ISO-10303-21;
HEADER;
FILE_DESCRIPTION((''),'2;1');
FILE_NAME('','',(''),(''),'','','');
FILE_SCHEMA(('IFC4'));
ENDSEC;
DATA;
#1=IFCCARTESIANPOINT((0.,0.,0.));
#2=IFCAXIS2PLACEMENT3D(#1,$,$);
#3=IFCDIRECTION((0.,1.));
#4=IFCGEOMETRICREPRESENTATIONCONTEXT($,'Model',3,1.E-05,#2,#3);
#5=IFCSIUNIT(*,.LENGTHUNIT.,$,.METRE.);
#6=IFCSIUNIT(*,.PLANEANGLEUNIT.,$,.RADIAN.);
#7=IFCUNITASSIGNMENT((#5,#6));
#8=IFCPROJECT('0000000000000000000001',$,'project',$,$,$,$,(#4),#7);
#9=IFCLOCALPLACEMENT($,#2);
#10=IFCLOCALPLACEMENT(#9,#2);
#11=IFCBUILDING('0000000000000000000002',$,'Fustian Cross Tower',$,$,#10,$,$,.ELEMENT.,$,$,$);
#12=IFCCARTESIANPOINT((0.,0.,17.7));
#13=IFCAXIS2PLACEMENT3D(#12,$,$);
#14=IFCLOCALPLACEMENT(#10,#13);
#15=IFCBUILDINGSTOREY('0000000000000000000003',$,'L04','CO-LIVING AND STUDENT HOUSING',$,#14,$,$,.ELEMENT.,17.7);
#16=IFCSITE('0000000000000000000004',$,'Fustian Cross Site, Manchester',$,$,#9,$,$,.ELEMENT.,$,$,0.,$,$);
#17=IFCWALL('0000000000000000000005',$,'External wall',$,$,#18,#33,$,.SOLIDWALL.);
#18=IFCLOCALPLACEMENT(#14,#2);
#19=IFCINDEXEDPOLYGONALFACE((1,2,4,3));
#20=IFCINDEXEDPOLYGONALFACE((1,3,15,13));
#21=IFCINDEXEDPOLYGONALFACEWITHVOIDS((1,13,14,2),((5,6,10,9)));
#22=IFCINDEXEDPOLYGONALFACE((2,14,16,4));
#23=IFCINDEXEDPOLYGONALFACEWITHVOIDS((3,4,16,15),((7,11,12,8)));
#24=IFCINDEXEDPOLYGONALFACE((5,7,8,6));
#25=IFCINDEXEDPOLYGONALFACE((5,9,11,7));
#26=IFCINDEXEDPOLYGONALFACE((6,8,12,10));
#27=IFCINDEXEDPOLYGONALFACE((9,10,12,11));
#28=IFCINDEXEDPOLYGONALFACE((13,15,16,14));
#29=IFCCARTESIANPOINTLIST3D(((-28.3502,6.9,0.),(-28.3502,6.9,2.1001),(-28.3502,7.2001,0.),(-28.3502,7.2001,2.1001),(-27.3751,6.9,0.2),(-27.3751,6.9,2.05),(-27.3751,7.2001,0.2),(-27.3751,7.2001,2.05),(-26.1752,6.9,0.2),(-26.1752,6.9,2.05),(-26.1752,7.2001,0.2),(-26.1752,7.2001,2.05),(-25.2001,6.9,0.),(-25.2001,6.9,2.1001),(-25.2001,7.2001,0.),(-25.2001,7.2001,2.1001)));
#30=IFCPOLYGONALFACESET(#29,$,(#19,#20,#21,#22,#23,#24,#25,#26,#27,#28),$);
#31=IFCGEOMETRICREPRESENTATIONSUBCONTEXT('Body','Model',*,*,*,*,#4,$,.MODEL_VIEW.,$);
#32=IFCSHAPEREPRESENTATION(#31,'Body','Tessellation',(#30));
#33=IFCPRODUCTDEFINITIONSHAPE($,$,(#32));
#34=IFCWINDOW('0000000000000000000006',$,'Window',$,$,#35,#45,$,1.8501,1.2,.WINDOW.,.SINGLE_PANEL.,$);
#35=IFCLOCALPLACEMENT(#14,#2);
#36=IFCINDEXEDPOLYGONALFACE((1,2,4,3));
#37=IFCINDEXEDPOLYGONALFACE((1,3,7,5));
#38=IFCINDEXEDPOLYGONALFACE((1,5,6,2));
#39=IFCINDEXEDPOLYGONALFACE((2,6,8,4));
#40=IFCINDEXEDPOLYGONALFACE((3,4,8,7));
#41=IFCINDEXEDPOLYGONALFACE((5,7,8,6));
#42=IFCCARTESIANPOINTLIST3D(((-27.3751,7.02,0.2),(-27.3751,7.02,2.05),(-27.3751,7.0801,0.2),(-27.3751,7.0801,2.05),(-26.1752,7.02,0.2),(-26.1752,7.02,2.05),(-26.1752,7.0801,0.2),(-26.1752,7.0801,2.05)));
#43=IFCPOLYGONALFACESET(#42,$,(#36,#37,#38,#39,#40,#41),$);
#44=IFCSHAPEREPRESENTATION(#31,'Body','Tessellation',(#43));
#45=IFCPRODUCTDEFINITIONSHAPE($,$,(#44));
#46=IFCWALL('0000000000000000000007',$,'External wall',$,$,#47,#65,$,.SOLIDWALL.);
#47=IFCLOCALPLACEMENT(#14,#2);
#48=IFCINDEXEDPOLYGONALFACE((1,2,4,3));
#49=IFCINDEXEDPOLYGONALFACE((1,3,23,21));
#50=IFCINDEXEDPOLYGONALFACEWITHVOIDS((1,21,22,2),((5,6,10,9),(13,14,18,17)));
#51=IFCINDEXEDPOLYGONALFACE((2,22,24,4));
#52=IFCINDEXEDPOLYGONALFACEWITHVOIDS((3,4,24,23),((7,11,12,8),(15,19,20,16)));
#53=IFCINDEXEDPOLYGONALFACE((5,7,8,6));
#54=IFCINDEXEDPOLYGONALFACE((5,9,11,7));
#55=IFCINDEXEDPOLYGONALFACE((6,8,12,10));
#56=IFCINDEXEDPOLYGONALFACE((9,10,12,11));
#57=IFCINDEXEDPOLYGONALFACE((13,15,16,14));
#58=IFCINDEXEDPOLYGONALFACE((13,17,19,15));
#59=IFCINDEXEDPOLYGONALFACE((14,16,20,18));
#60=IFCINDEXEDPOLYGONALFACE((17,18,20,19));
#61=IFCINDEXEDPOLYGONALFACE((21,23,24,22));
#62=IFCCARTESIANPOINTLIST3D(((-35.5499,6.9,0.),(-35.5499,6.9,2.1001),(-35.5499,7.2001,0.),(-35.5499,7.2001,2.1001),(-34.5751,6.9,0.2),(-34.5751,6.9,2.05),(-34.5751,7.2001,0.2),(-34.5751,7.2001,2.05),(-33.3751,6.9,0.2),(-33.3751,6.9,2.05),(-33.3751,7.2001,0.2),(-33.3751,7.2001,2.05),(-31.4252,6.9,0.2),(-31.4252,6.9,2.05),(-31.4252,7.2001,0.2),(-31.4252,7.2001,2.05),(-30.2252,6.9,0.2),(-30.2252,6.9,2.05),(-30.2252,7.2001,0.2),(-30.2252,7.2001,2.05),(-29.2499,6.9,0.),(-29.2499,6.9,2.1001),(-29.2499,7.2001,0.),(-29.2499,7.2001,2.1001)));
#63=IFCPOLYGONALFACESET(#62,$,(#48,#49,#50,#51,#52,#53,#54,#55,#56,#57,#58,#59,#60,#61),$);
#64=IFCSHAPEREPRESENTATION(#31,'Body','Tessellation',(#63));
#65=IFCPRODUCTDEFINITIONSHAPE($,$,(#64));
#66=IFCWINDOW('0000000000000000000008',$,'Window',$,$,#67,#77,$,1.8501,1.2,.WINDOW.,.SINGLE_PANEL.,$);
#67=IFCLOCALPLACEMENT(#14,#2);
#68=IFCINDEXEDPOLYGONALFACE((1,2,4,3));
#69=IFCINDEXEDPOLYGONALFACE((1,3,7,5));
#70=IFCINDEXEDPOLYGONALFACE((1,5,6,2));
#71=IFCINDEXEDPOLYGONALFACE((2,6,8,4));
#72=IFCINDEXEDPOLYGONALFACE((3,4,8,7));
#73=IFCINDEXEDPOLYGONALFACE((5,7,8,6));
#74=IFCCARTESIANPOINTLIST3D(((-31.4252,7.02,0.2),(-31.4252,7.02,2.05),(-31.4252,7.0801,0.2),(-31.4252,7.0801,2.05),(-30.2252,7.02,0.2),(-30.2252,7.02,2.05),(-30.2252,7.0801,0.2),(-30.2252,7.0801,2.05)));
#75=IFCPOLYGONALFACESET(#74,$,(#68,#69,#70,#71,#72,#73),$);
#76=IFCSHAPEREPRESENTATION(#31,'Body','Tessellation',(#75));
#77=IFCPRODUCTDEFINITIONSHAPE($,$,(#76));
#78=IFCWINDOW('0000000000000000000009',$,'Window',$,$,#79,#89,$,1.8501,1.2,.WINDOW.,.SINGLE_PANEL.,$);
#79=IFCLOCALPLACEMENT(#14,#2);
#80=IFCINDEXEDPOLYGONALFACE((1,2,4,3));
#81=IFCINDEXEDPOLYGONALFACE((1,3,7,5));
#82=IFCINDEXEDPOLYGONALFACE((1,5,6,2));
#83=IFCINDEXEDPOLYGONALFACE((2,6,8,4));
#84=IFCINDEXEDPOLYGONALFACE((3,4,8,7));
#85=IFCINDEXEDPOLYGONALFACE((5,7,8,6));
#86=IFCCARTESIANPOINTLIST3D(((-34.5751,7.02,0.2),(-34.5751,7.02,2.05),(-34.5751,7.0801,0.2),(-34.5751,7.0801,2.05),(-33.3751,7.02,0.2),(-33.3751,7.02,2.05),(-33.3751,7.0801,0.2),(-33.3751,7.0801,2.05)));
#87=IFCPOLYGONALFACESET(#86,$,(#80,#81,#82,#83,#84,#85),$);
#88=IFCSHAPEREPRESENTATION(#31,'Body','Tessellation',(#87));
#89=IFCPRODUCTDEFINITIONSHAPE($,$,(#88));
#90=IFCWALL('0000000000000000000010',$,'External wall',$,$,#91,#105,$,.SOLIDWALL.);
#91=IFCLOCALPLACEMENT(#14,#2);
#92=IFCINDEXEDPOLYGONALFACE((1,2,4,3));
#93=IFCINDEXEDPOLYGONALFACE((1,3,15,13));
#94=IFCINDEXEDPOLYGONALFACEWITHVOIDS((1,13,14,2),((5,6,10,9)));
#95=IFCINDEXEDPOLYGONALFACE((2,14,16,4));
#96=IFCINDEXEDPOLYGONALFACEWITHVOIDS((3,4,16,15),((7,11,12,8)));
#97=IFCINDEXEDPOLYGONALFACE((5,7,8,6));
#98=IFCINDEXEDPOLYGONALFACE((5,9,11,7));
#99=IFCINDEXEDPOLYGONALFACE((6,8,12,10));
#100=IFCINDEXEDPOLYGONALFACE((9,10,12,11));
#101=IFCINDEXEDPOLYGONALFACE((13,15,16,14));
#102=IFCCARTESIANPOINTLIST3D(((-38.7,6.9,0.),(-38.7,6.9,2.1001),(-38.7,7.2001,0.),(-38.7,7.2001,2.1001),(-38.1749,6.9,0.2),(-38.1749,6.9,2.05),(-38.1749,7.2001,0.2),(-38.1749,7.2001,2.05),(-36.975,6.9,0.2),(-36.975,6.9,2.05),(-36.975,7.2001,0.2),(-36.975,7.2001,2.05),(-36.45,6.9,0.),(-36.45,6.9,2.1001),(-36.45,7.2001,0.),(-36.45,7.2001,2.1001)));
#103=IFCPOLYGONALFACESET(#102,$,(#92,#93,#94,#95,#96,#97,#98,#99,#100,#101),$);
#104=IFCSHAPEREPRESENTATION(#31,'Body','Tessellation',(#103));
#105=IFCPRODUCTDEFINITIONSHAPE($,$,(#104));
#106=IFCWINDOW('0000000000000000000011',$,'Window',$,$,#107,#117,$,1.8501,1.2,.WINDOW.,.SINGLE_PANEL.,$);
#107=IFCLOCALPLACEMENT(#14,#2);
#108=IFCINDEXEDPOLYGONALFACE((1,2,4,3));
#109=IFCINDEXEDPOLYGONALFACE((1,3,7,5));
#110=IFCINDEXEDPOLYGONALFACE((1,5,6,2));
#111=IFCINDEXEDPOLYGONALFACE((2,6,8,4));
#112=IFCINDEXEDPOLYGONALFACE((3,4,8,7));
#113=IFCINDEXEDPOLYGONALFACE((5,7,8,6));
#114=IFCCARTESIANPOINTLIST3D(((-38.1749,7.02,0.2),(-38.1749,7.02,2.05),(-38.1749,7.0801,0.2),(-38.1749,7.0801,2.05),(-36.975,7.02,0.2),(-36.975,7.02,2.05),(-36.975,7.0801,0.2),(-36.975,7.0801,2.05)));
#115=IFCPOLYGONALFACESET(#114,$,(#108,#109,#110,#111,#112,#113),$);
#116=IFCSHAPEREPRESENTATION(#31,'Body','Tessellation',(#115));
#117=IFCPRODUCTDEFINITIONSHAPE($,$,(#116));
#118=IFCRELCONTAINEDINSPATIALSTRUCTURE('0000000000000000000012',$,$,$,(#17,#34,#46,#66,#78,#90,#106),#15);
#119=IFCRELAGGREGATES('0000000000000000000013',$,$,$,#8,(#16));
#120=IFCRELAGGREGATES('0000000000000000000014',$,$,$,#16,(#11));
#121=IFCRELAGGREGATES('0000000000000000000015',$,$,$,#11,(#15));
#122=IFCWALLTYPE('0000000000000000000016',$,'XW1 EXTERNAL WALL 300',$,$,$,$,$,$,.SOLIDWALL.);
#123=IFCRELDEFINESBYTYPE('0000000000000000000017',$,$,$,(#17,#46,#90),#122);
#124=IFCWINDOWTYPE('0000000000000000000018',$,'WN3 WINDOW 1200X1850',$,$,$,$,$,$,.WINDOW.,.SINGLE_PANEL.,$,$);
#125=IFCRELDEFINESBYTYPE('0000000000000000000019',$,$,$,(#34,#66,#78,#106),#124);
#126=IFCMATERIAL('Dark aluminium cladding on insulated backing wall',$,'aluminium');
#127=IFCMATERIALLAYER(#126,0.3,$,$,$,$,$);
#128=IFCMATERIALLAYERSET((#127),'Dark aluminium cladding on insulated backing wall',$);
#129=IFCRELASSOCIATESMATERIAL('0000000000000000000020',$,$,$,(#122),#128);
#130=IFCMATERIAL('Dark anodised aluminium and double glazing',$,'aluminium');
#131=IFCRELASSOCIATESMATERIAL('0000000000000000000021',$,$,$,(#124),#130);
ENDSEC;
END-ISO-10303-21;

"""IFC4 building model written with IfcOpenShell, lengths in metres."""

from ifc_helpers import new_model, si_unit, direction, frame, frame_2d, origin, place, context, subcontext, project, spatial, rectangle, extrude, material, layer, layer_set, type_object, element, fill, save


model = new_model("IFC4")

# Units and contexts
model_context = context("Model", 3, precision=1e-05, world=origin(), true_north=direction((0.0, 1.0)))
body_context = subcontext(model_context, "Body", "Model", "MODEL_VIEW")
ifc_project = project(units=[si_unit("LENGTHUNIT", "METRE"), si_unit("PLANEANGLEUNIT", "RADIAN")], contexts=[model_context])

# Site, building, storey
site_placement = place(None, origin())
site = spatial("IfcSite", under=ifc_project, at=site_placement, Name="Fustian Cross Site, Manchester", CompositionType="ELEMENT", RefElevation=0.0)
building_placement = place(site_placement, origin())
building = spatial("IfcBuilding", under=site, at=building_placement, Name="Fustian Cross Tower", CompositionType="ELEMENT")
storey_placement = place(building_placement, frame((0.0, 0.0, 17.7)))
storey = spatial("IfcBuildingStorey", under=building, at=storey_placement, Name="L04", Description="CO-LIVING AND STUDENT HOUSING", CompositionType="ELEMENT", Elevation=17.7)

# Wall, opening, window
ifc_material_1 = material(Name="Dark aluminium cladding on insulated backing wall", Category="aluminium")
ifc_layer_1 = layer(ifc_material_1, 0.3)
ifc_layer_set_1 = layer_set([ifc_layer_1], Name="Dark aluminium cladding on insulated backing wall")
wall_type_1 = type_object("IfcWallType", Name="XW1 EXTERNAL WALL 300", PredefinedType="SOLIDWALL", material=ifc_layer_set_1)
ifc_material_2 = material(Name="Dark anodised aluminium and double glazing", Category="aluminium")
window_type = type_object("IfcWindowType", Name="WN3 WINDOW 1200X1850", PartitioningType="SINGLE_PANEL", PredefinedType="WINDOW", material=ifc_material_2)
wall_1_placement = place(storey_placement, frame((-25.2, 7.05, 0.0), z_axis=(0.0, 0.0, 1.0), x_axis=(-1.0, 0.0, 0.0)))
wall_1 = element("IfcWall", 1, at=wall_1_placement, inside=storey, type_object=wall_type_1, Name="External wall", PredefinedType="SOLIDWALL", context=body_context, shape_type="SweptSolid", body=[
    extrude(rectangle(XDim=3.1501, YDim=0.3, at=frame_2d((1.5752, 0.0))), origin(), (0.0, 0.0, 1.0), 2.1001),
])
opening_1_placement = place(wall_1_placement, frame((0.9751, 0.0, 0.2)))
opening_1 = element("IfcOpeningElement", 2, at=opening_1_placement, cuts=wall_1, PredefinedType="OPENING", context=body_context, shape_type="SweptSolid", body=[
    extrude(rectangle(XDim=1.2, YDim=1.8501, at=frame_2d((0.6001, 0.925))), frame((0.0, 0.1599, 0.0), z_axis=(0.0, -1.0, 0.0), x_axis=(1.0, 0.0, 0.0)), (0.0, 0.0, 1.0), 0.3201),
])
window_1_placement = place(opening_1_placement, origin())
window_1 = element("IfcWindow", 3, at=window_1_placement, inside=storey, type_object=window_type, Name="Window", OverallHeight=1.8501, OverallWidth=1.2, PartitioningType="SINGLE_PANEL", PredefinedType="WINDOW", context=body_context, shape_type="SweptSolid", body=[
    extrude(rectangle(XDim=1.2, YDim=1.8501, at=frame_2d((0.6001, 0.925))), frame((0.0, 0.03, 0.0), z_axis=(0.0, -1.0, 0.0), x_axis=(1.0, 0.0, 0.0)), (0.0, 0.0, 1.0), 0.0601),
])
fill(opening_1, window_1)

# Wall, openings, windows
wall_2_placement = place(storey_placement, frame((-29.25, 7.05, 0.0), z_axis=(0.0, 0.0, 1.0), x_axis=(-1.0, 0.0, 0.0)))
wall_2 = element("IfcWall", 4, at=wall_2_placement, inside=storey, type_object=wall_type_1, Name="External wall", PredefinedType="SOLIDWALL", context=body_context, shape_type="SweptSolid", body=[
    extrude(rectangle(XDim=6.3, YDim=0.3, at=frame_2d((3.1499, 0.0))), origin(), (0.0, 0.0, 1.0), 2.1001),
])
opening_2_placement = place(wall_2_placement, frame((0.9751, 0.0, 0.2)))
opening_2 = element("IfcOpeningElement", 5, at=opening_2_placement, cuts=wall_2, PredefinedType="OPENING", context=body_context, shape_type="SweptSolid", body=[
    extrude(rectangle(XDim=1.2, YDim=1.8501, at=frame_2d((0.6001, 0.925))), frame((0.0, 0.1599, 0.0), z_axis=(0.0, -1.0, 0.0), x_axis=(1.0, 0.0, 0.0)), (0.0, 0.0, 1.0), 0.3201),
])
opening_3_placement = place(wall_2_placement, frame((4.125, 0.0, 0.2)))
opening_3 = element("IfcOpeningElement", 6, at=opening_3_placement, cuts=wall_2, PredefinedType="OPENING", context=body_context, shape_type="SweptSolid", body=[
    extrude(rectangle(XDim=1.2, YDim=1.8501, at=frame_2d((0.6001, 0.925))), frame((0.0, 0.1599, 0.0), z_axis=(0.0, -1.0, 0.0), x_axis=(1.0, 0.0, 0.0)), (0.0, 0.0, 1.0), 0.3201),
])
window_2_placement = place(opening_2_placement, origin())
window_2 = element("IfcWindow", 7, at=window_2_placement, inside=storey, type_object=window_type, Name="Window", OverallHeight=1.8501, OverallWidth=1.2, PartitioningType="SINGLE_PANEL", PredefinedType="WINDOW", context=body_context, shape_type="SweptSolid", body=[
    extrude(rectangle(XDim=1.2, YDim=1.8501, at=frame_2d((0.6001, 0.925))), frame((0.0, 0.03, 0.0), z_axis=(0.0, -1.0, 0.0), x_axis=(1.0, 0.0, 0.0)), (0.0, 0.0, 1.0), 0.0601),
])
fill(opening_2, window_2)
window_3_placement = place(opening_3_placement, origin())
window_3 = element("IfcWindow", 8, at=window_3_placement, inside=storey, type_object=window_type, Name="Window", OverallHeight=1.8501, OverallWidth=1.2, PartitioningType="SINGLE_PANEL", PredefinedType="WINDOW", context=body_context, shape_type="SweptSolid", body=[
    extrude(rectangle(XDim=1.2, YDim=1.8501, at=frame_2d((0.6001, 0.925))), frame((0.0, 0.03, 0.0), z_axis=(0.0, -1.0, 0.0), x_axis=(1.0, 0.0, 0.0)), (0.0, 0.0, 1.0), 0.0601),
])
fill(opening_3, window_3)

# Wall, opening, window
wall_3_placement = place(storey_placement, frame((-36.45, 7.05, 0.0), z_axis=(0.0, 0.0, 1.0), x_axis=(-1.0, 0.0, 0.0)))
wall_3 = element("IfcWall", 9, at=wall_3_placement, inside=storey, type_object=wall_type_1, Name="External wall", PredefinedType="SOLIDWALL", context=body_context, shape_type="SweptSolid", body=[
    extrude(rectangle(XDim=2.25, YDim=0.3, at=frame_2d((1.125, 0.0))), origin(), (0.0, 0.0, 1.0), 2.1001),
])
opening_4_placement = place(wall_3_placement, frame((0.5249, 0.0, 0.2)))
opening_4 = element("IfcOpeningElement", 10, at=opening_4_placement, cuts=wall_3, PredefinedType="OPENING", context=body_context, shape_type="SweptSolid", body=[
    extrude(rectangle(XDim=1.2, YDim=1.8501, at=frame_2d((0.6001, 0.925))), frame((0.0, 0.1599, 0.0), z_axis=(0.0, -1.0, 0.0), x_axis=(1.0, 0.0, 0.0)), (0.0, 0.0, 1.0), 0.3201),
])
window_4_placement = place(opening_4_placement, origin())
window_4 = element("IfcWindow", 11, at=window_4_placement, inside=storey, type_object=window_type, Name="Window", OverallHeight=1.8501, OverallWidth=1.2, PartitioningType="SINGLE_PANEL", PredefinedType="WINDOW", context=body_context, shape_type="SweptSolid", body=[
    extrude(rectangle(XDim=1.2, YDim=1.8501, at=frame_2d((0.6001, 0.925))), frame((0.0, 0.03, 0.0), z_axis=(0.0, -1.0, 0.0), x_axis=(1.0, 0.0, 0.0)), (0.0, 0.0, 1.0), 0.0601),
])
fill(opening_4, window_4)

save(model, "model.ifc")
